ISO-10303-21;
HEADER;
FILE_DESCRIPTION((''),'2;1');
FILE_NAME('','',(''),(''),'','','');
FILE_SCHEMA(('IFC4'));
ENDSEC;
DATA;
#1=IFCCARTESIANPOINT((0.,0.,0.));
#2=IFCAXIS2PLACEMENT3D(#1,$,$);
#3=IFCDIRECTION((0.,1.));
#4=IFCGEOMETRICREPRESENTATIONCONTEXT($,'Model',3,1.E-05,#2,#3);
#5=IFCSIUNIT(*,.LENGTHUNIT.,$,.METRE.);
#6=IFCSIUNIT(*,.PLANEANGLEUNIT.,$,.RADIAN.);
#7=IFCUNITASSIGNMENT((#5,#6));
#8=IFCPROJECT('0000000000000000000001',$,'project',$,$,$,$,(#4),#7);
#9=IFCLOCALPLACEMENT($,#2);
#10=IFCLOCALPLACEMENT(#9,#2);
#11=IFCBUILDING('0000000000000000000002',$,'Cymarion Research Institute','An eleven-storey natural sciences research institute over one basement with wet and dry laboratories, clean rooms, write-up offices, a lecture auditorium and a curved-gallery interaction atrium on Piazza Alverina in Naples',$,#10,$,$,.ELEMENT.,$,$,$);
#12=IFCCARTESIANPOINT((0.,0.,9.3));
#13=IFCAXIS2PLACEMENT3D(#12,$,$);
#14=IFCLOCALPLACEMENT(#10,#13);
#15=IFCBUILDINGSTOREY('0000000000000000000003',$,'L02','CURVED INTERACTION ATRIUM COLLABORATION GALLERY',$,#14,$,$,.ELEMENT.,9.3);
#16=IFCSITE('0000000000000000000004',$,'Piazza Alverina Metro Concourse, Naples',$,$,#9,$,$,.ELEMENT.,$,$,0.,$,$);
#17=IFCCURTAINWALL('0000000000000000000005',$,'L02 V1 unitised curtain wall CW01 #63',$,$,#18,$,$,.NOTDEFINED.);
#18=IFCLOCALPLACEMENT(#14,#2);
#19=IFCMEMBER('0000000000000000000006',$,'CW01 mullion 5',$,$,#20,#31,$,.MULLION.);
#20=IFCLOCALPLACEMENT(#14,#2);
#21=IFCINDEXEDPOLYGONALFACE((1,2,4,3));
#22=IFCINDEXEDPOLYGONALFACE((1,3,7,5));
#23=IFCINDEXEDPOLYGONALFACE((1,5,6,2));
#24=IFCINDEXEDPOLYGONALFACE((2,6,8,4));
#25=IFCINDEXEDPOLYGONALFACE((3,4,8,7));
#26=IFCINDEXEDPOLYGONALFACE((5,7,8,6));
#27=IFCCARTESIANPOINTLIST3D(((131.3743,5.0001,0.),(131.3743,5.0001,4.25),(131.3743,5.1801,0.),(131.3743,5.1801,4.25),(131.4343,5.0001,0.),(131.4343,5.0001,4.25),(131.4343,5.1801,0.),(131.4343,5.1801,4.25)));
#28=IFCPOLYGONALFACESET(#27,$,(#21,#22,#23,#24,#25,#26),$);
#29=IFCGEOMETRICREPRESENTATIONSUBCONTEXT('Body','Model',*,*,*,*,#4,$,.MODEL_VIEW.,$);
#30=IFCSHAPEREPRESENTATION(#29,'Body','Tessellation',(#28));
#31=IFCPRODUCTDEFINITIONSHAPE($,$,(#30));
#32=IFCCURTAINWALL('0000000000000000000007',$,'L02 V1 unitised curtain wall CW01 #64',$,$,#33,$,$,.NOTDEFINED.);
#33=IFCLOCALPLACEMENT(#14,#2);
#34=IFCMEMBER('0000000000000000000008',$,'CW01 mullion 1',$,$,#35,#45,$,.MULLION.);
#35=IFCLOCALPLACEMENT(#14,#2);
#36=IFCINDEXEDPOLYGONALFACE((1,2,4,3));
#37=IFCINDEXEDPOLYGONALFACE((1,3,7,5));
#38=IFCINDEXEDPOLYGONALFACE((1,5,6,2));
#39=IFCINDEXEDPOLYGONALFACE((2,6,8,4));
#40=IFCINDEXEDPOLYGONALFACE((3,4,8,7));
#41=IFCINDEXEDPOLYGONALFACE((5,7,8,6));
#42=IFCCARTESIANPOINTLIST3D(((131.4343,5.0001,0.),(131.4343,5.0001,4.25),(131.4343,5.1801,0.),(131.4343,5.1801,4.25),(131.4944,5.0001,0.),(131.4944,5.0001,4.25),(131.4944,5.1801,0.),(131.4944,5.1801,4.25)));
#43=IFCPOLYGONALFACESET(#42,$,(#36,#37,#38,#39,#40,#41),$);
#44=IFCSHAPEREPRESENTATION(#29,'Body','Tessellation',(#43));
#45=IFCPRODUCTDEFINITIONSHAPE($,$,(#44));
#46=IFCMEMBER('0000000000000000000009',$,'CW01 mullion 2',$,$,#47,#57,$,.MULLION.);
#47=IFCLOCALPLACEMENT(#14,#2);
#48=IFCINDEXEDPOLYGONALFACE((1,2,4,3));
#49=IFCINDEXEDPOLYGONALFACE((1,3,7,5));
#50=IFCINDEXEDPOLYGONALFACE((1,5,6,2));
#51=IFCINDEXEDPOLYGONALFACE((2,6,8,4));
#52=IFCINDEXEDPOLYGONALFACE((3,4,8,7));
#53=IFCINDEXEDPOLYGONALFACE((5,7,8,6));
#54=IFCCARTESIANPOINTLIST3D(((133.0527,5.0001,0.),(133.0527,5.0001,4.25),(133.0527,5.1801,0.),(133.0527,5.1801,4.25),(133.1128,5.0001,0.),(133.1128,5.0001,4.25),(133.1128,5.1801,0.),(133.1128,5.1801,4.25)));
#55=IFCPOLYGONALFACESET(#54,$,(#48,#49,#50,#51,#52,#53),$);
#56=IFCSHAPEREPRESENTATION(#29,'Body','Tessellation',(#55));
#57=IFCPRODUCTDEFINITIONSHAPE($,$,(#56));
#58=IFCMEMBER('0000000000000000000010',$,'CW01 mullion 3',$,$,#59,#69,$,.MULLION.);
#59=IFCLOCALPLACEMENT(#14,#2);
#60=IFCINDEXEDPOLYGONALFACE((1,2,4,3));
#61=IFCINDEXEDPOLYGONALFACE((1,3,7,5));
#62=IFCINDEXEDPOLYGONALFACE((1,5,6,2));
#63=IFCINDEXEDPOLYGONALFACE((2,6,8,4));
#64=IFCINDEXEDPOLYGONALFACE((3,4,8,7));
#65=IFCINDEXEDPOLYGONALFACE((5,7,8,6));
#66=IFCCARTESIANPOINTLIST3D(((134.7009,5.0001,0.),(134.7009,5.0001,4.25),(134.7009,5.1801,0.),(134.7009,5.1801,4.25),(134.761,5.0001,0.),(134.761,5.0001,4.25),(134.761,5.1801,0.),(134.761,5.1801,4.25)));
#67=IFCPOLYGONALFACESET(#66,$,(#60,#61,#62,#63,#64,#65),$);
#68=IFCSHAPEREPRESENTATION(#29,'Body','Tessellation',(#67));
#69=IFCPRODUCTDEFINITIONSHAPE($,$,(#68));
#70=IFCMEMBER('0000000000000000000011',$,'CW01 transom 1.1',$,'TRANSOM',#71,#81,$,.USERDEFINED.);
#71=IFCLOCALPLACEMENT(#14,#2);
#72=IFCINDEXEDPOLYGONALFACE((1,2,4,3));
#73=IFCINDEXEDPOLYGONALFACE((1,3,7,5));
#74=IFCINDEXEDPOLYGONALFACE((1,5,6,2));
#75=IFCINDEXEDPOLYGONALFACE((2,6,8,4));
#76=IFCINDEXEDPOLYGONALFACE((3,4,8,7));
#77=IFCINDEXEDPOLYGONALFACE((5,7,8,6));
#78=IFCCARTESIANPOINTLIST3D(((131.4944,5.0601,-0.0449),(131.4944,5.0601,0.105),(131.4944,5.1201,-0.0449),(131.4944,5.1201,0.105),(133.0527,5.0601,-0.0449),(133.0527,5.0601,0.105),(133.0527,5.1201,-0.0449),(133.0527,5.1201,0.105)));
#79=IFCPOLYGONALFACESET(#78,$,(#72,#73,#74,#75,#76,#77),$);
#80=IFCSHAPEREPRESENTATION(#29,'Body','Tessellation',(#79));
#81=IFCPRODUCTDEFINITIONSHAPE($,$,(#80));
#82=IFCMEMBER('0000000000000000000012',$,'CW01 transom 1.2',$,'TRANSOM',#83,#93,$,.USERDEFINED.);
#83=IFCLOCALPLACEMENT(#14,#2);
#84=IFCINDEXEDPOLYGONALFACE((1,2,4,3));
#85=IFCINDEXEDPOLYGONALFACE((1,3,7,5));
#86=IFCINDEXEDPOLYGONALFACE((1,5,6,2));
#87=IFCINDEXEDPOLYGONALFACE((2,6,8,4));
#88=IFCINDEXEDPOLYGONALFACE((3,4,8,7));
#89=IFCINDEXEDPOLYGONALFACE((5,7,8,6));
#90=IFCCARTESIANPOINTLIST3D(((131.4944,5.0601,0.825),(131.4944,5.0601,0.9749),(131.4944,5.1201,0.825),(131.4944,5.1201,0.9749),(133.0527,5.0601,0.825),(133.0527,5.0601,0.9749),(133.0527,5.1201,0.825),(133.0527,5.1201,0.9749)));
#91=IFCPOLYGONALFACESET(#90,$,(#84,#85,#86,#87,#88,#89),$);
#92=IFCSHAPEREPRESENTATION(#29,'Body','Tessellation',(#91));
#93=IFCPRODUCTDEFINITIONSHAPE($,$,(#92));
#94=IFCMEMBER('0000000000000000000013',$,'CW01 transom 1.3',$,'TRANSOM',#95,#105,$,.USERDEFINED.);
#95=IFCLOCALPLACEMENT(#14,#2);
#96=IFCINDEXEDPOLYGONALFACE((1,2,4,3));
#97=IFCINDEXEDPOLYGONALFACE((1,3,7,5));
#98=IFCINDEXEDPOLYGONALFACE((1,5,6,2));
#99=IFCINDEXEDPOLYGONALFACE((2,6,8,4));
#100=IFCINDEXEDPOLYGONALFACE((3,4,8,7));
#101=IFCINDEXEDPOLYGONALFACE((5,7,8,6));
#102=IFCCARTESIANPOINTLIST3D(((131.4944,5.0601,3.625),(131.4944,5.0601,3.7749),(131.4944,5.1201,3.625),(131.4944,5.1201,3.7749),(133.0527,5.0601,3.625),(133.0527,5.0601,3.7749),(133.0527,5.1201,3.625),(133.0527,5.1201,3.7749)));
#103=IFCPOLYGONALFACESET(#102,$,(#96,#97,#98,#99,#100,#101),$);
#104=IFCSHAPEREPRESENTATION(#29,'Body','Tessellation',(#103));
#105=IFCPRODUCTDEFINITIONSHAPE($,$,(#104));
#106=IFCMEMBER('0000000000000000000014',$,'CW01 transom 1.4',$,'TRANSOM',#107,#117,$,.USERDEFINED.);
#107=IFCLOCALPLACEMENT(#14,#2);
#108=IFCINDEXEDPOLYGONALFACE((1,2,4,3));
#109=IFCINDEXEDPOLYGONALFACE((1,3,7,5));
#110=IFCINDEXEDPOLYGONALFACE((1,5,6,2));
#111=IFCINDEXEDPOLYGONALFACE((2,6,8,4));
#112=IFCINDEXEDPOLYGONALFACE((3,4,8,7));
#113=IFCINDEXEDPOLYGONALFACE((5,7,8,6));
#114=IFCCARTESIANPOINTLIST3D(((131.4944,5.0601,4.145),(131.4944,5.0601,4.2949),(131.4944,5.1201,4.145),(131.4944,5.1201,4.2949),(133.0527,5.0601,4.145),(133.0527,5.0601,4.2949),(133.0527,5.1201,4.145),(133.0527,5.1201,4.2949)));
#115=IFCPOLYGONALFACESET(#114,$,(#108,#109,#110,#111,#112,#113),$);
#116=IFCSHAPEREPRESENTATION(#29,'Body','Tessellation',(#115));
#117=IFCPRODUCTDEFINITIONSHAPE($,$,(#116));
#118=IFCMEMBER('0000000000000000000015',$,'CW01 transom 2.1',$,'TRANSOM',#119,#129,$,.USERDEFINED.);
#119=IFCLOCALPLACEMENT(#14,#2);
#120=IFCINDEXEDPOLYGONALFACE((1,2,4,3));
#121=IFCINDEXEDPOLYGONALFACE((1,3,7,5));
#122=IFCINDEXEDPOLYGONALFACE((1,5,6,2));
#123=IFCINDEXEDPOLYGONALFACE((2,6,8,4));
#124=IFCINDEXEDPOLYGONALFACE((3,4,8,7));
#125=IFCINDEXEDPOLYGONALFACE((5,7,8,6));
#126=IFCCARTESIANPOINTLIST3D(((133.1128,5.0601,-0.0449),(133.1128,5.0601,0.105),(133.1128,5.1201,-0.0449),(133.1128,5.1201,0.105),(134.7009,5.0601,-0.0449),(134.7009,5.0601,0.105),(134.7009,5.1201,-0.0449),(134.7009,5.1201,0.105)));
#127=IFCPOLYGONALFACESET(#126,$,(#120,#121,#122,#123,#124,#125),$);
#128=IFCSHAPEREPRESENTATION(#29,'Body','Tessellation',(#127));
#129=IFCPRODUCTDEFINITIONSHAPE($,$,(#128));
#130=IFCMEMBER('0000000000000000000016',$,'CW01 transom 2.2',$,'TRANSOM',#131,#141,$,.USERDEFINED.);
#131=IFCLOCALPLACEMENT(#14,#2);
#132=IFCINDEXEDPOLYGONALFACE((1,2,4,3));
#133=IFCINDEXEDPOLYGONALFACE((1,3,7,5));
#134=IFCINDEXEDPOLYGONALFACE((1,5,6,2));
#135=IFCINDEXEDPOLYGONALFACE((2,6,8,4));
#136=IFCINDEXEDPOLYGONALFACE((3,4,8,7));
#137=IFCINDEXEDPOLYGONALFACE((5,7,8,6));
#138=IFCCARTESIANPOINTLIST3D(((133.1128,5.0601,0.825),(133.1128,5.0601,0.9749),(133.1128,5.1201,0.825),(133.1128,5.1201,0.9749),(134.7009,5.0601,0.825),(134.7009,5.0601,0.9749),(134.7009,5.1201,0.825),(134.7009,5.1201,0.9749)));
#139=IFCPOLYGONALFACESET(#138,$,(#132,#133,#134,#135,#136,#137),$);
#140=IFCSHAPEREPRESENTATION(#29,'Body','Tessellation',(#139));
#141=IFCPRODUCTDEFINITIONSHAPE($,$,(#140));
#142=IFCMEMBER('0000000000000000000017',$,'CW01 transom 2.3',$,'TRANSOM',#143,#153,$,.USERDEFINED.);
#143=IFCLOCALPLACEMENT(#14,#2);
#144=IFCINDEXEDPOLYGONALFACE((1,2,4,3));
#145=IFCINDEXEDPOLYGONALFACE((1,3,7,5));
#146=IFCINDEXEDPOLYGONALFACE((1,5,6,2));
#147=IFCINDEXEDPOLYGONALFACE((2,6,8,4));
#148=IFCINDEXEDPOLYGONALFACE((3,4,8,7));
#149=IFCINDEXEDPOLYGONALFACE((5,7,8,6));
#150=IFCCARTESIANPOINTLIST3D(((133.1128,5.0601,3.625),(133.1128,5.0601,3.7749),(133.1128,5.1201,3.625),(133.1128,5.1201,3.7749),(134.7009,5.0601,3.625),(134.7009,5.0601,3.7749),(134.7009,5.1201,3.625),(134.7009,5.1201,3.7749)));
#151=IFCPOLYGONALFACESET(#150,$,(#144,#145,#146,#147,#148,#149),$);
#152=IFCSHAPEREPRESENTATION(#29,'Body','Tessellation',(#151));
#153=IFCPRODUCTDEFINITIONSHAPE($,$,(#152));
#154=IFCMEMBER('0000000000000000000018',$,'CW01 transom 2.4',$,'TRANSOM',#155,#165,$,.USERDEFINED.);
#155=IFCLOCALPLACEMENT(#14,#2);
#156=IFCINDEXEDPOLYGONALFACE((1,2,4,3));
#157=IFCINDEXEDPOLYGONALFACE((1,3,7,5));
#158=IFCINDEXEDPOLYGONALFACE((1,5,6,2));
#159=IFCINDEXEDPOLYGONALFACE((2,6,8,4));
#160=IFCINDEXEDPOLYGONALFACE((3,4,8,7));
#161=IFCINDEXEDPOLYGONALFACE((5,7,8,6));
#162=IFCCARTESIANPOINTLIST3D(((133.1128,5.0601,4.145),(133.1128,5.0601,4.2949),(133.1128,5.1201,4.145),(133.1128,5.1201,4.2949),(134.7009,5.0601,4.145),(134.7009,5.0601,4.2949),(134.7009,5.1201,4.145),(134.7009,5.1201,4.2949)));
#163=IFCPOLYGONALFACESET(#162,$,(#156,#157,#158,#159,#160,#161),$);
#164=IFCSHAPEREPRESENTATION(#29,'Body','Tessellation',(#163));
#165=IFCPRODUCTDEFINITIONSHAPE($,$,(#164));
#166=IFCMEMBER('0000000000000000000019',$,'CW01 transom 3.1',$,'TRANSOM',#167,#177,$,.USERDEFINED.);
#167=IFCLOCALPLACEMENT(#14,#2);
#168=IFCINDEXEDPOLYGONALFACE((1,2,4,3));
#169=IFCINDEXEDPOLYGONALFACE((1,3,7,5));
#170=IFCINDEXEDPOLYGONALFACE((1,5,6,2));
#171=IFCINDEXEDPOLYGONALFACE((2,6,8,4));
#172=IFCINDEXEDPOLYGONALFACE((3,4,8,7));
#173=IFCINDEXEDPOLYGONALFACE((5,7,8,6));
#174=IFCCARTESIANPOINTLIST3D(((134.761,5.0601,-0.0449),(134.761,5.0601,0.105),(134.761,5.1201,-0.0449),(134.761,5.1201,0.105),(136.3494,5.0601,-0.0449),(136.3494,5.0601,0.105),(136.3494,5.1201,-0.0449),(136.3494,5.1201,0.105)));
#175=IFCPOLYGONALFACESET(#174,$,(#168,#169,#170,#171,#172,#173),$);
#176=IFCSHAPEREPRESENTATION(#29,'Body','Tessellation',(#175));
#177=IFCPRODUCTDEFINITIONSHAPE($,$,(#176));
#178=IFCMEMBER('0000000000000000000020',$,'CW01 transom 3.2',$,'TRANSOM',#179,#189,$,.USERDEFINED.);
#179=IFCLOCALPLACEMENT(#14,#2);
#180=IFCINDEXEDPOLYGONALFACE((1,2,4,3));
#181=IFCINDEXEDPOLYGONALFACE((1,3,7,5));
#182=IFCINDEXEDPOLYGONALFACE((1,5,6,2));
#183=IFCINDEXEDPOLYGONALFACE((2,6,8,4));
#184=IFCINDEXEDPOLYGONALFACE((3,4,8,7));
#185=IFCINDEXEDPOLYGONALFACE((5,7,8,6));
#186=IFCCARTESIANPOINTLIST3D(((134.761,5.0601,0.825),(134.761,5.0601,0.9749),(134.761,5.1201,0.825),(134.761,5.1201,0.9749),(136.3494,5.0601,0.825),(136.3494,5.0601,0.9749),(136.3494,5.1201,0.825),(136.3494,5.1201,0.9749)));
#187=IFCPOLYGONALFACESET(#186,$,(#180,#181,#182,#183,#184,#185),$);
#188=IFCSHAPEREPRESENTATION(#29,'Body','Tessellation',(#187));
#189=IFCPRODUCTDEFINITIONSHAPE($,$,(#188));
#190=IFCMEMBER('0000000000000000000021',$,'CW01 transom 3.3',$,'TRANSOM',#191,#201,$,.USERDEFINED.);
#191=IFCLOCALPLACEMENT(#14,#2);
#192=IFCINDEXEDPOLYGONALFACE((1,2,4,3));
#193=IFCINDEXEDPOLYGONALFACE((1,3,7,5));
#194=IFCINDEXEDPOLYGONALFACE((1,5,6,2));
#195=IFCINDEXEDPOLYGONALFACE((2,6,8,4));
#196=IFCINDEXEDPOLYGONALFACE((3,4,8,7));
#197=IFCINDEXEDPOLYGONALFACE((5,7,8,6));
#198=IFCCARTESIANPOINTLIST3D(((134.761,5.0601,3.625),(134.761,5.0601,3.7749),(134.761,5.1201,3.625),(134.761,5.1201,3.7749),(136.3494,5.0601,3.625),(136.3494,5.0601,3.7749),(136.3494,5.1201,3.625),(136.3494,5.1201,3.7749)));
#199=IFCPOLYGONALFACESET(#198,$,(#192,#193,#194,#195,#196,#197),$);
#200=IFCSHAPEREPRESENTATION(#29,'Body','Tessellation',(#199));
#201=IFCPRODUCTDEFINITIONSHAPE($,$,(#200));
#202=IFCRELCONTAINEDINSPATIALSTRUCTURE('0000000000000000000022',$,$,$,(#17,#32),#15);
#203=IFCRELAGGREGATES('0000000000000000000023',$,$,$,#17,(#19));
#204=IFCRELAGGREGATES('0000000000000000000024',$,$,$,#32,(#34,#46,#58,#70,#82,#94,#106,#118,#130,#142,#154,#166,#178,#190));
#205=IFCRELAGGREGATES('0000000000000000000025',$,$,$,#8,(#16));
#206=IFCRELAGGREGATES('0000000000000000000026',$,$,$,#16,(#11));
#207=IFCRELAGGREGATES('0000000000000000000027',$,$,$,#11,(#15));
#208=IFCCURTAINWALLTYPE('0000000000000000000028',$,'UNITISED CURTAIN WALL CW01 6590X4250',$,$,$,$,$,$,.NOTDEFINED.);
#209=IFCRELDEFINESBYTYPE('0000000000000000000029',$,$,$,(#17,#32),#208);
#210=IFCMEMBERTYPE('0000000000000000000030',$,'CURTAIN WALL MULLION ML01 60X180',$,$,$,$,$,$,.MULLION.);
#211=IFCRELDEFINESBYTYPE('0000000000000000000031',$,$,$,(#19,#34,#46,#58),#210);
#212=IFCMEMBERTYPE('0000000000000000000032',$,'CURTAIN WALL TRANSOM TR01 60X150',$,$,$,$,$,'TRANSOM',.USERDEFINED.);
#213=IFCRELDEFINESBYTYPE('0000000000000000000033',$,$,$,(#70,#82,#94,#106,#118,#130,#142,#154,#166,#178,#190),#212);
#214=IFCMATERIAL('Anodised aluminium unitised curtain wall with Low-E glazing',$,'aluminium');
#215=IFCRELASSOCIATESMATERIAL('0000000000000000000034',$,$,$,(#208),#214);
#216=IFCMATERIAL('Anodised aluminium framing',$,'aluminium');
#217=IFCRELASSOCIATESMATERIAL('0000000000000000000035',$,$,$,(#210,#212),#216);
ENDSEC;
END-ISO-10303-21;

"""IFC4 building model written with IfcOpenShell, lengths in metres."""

from ifc_helpers import new_model, si_unit, direction, frame, origin, origin_2d, place, context, subcontext, project, spatial, rectangle, extrude, material, material_profile, profile_set, type_object, element, aggregate, save


model = new_model("IFC4")

# Units and contexts
model_context = context("Model", 3, precision=1e-05, world=origin(), true_north=direction((0.0, 1.0)))
body_context = subcontext(model_context, "Body", "Model", "MODEL_VIEW")
ifc_project = project(units=[si_unit("LENGTHUNIT", "METRE"), si_unit("PLANEANGLEUNIT", "RADIAN")], contexts=[model_context])

# Site, building, storey
site_placement = place(None, origin())
site = spatial("IfcSite", under=ifc_project, at=site_placement, Name="Piazza Alverina Metro Concourse, Naples", CompositionType="ELEMENT", RefElevation=0.0)
building_placement = place(site_placement, origin())
building = spatial("IfcBuilding", under=site, at=building_placement, Name="Cymarion Research Institute", Description="An eleven-storey natural sciences research institute over one basement with wet and dry laboratories, clean rooms, write-up offices, a lecture auditorium and a curved-gallery interaction atrium on Piazza Alverina in Naples", CompositionType="ELEMENT")
storey_placement = place(building_placement, frame((0.0, 0.0, 9.3)))
storey = spatial("IfcBuildingStorey", under=building, at=storey_placement, Name="L02", Description="CURVED INTERACTION ATRIUM COLLABORATION GALLERY", CompositionType="ELEMENT", Elevation=9.3)

# Curtain wall, member
ifc_material_1 = material(Name="Anodised aluminium unitised curtain wall with Low-E glazing", Category="aluminium")
curtain_wall_type = type_object("IfcCurtainWallType", Name="UNITISED CURTAIN WALL CW01 6590X4250", PredefinedType="NOTDEFINED", material=ifc_material_1)
curtain_wall_1_placement = place(storey_placement, origin())
curtain_wall_1 = element("IfcCurtainWall", 1, at=curtain_wall_1_placement, inside=storey, type_object=curtain_wall_type, Name="L02 V1 unitised curtain wall CW01 #63", PredefinedType="NOTDEFINED")
ifc_material_2 = material(Name="Anodised aluminium framing", Category="aluminium")
ifc_material_profile_1 = material_profile(ifc_material_2, rectangle(XDim=0.0601, YDim=0.1799, at=origin_2d()), Name="ALU MULLION 60x180")
ifc_profile_set_1 = profile_set([ifc_material_profile_1], Name="Anodised aluminium framing")
member_type_1 = type_object("IfcMemberType", Name="CURTAIN WALL MULLION ML01 60X180", PredefinedType="MULLION", material=ifc_profile_set_1)
member_1_placement = place(storey_placement, frame((131.4043, 5.0901, 0.0), z_axis=(0.0, 0.0, 1.0), x_axis=(1.0, 0.0, 0.0)))
member_1 = element("IfcMember", 2, at=member_1_placement, type_object=member_type_1, Name="CW01 mullion 5", PredefinedType="MULLION", context=body_context, shape_type="SweptSolid", body=[
    extrude(rectangle(XDim=0.0601, YDim=0.1799, at=origin_2d()), origin(), (0.0, 0.0, 1.0), 4.25),
])

# Curtain wall, members
curtain_wall_2_placement = place(storey_placement, origin())
curtain_wall_2 = element("IfcCurtainWall", 3, at=curtain_wall_2_placement, inside=storey, type_object=curtain_wall_type, Name="L02 V1 unitised curtain wall CW01 #64", PredefinedType="NOTDEFINED")
member_2_placement = place(storey_placement, frame((131.4644, 5.0901, 0.0), z_axis=(0.0, 0.0, 1.0), x_axis=(1.0, 0.0, 0.0)))
member_2 = element("IfcMember", 4, at=member_2_placement, type_object=member_type_1, Name="CW01 mullion 1", PredefinedType="MULLION", context=body_context, shape_type="SweptSolid", body=[
    extrude(rectangle(XDim=0.0601, YDim=0.1799, at=origin_2d()), origin(), (0.0, 0.0, 1.0), 4.25),
])
member_3_placement = place(storey_placement, frame((133.0828, 5.0901, 0.0), z_axis=(0.0, 0.0, 1.0), x_axis=(1.0, 0.0, 0.0)))
member_3 = element("IfcMember", 5, at=member_3_placement, type_object=member_type_1, Name="CW01 mullion 2", PredefinedType="MULLION", context=body_context, shape_type="SweptSolid", body=[
    extrude(rectangle(XDim=0.0601, YDim=0.1799, at=origin_2d()), origin(), (0.0, 0.0, 1.0), 4.25),
])
member_4_placement = place(storey_placement, frame((134.731, 5.0901, 0.0), z_axis=(0.0, 0.0, 1.0), x_axis=(1.0, 0.0, 0.0)))
member_4 = element("IfcMember", 6, at=member_4_placement, type_object=member_type_1, Name="CW01 mullion 3", PredefinedType="MULLION", context=body_context, shape_type="SweptSolid", body=[
    extrude(rectangle(XDim=0.0601, YDim=0.1799, at=origin_2d()), origin(), (0.0, 0.0, 1.0), 4.25),
])
ifc_material_profile_2 = material_profile(ifc_material_2, rectangle(XDim=0.0601, YDim=0.1499, at=origin_2d()), Name="ALU TRANSOM 60x150")
ifc_profile_set_2 = profile_set([ifc_material_profile_2], Name="Anodised aluminium framing")
member_type_2 = type_object("IfcMemberType", Name="CURTAIN WALL TRANSOM TR01 60X150", ElementType="TRANSOM", PredefinedType="USERDEFINED", material=ifc_profile_set_2)
member_5_placement = place(storey_placement, frame((131.4944, 5.0901, 0.03), z_axis=(1.0, 0.0, 0.0), x_axis=(0.0, 1.0, 0.0)))
member_5 = element("IfcMember", 7, at=member_5_placement, type_object=member_type_2, Name="CW01 transom 1.1", ObjectType="TRANSOM", PredefinedType="USERDEFINED", context=body_context, shape_type="SweptSolid", body=[
    extrude(rectangle(XDim=0.0601, YDim=0.1499, at=origin_2d()), origin(), (0.0, 0.0, 1.0), 1.5583),
])
member_6_placement = place(storey_placement, frame((131.4944, 5.0901, 0.8999), z_axis=(1.0, 0.0, 0.0), x_axis=(0.0, 1.0, 0.0)))
member_6 = element("IfcMember", 8, at=member_6_placement, type_object=member_type_2, Name="CW01 transom 1.2", ObjectType="TRANSOM", PredefinedType="USERDEFINED", context=body_context, shape_type="SweptSolid", body=[
    extrude(rectangle(XDim=0.0601, YDim=0.1499, at=origin_2d()), origin(), (0.0, 0.0, 1.0), 1.5583),
])
member_7_placement = place(storey_placement, frame((131.4944, 5.0901, 3.7), z_axis=(1.0, 0.0, 0.0), x_axis=(0.0, 1.0, 0.0)))
member_7 = element("IfcMember", 9, at=member_7_placement, type_object=member_type_2, Name="CW01 transom 1.3", ObjectType="TRANSOM", PredefinedType="USERDEFINED", context=body_context, shape_type="SweptSolid", body=[
    extrude(rectangle(XDim=0.0601, YDim=0.1499, at=origin_2d()), origin(), (0.0, 0.0, 1.0), 1.5583),
])
member_8_placement = place(storey_placement, frame((131.4944, 5.0901, 4.22), z_axis=(1.0, 0.0, 0.0), x_axis=(0.0, 1.0, 0.0)))
member_8 = element("IfcMember", 10, at=member_8_placement, type_object=member_type_2, Name="CW01 transom 1.4", ObjectType="TRANSOM", PredefinedType="USERDEFINED", context=body_context, shape_type="SweptSolid", body=[
    extrude(rectangle(XDim=0.0601, YDim=0.1499, at=origin_2d()), origin(), (0.0, 0.0, 1.0), 1.5583),
])
member_9_placement = place(storey_placement, frame((133.1128, 5.0901, 0.03), z_axis=(1.0, 0.0, 0.0), x_axis=(0.0, 1.0, 0.0)))
member_9 = element("IfcMember", 11, at=member_9_placement, type_object=member_type_2, Name="CW01 transom 2.1", ObjectType="TRANSOM", PredefinedType="USERDEFINED", context=body_context, shape_type="SweptSolid", body=[
    extrude(rectangle(XDim=0.0601, YDim=0.1499, at=origin_2d()), origin(), (0.0, 0.0, 1.0), 1.5881),
])
member_10_placement = place(storey_placement, frame((133.1128, 5.0901, 0.8999), z_axis=(1.0, 0.0, 0.0), x_axis=(0.0, 1.0, 0.0)))
member_10 = element("IfcMember", 12, at=member_10_placement, type_object=member_type_2, Name="CW01 transom 2.2", ObjectType="TRANSOM", PredefinedType="USERDEFINED", context=body_context, shape_type="SweptSolid", body=[
    extrude(rectangle(XDim=0.0601, YDim=0.1499, at=origin_2d()), origin(), (0.0, 0.0, 1.0), 1.5881),
])
member_11_placement = place(storey_placement, frame((133.1128, 5.0901, 3.7), z_axis=(1.0, 0.0, 0.0), x_axis=(0.0, 1.0, 0.0)))
member_11 = element("IfcMember", 13, at=member_11_placement, type_object=member_type_2, Name="CW01 transom 2.3", ObjectType="TRANSOM", PredefinedType="USERDEFINED", context=body_context, shape_type="SweptSolid", body=[
    extrude(rectangle(XDim=0.0601, YDim=0.1499, at=origin_2d()), origin(), (0.0, 0.0, 1.0), 1.5881),
])
member_12_placement = place(storey_placement, frame((133.1128, 5.0901, 4.22), z_axis=(1.0, 0.0, 0.0), x_axis=(0.0, 1.0, 0.0)))
member_12 = element("IfcMember", 14, at=member_12_placement, type_object=member_type_2, Name="CW01 transom 2.4", ObjectType="TRANSOM", PredefinedType="USERDEFINED", context=body_context, shape_type="SweptSolid", body=[
    extrude(rectangle(XDim=0.0601, YDim=0.1499, at=origin_2d()), origin(), (0.0, 0.0, 1.0), 1.5881),
])
member_13_placement = place(storey_placement, frame((134.761, 5.0901, 0.03), z_axis=(1.0, 0.0, 0.0), x_axis=(0.0, 1.0, 0.0)))
member_13 = element("IfcMember", 15, at=member_13_placement, type_object=member_type_2, Name="CW01 transom 3.1", ObjectType="TRANSOM", PredefinedType="USERDEFINED", context=body_context, shape_type="SweptSolid", body=[
    extrude(rectangle(XDim=0.0601, YDim=0.1499, at=origin_2d()), origin(), (0.0, 0.0, 1.0), 1.5884),
])
member_14_placement = place(storey_placement, frame((134.761, 5.0901, 0.8999), z_axis=(1.0, 0.0, 0.0), x_axis=(0.0, 1.0, 0.0)))
member_14 = element("IfcMember", 16, at=member_14_placement, type_object=member_type_2, Name="CW01 transom 3.2", ObjectType="TRANSOM", PredefinedType="USERDEFINED", context=body_context, shape_type="SweptSolid", body=[
    extrude(rectangle(XDim=0.0601, YDim=0.1499, at=origin_2d()), origin(), (0.0, 0.0, 1.0), 1.5884),
])
member_15_placement = place(storey_placement, frame((134.761, 5.0901, 3.7), z_axis=(1.0, 0.0, 0.0), x_axis=(0.0, 1.0, 0.0)))
member_15 = element("IfcMember", 17, at=member_15_placement, type_object=member_type_2, Name="CW01 transom 3.3", ObjectType="TRANSOM", PredefinedType="USERDEFINED", context=body_context, shape_type="SweptSolid", body=[
    extrude(rectangle(XDim=0.0601, YDim=0.1499, at=origin_2d()), origin(), (0.0, 0.0, 1.0), 1.5884),
])

aggregate(curtain_wall_1, [member_1])
aggregate(curtain_wall_2, [member_2, member_3, member_4, member_5, member_6, member_7, member_8, member_9, member_10, member_11, member_12, member_13, member_14, member_15])

save(model, "model.ifc")
